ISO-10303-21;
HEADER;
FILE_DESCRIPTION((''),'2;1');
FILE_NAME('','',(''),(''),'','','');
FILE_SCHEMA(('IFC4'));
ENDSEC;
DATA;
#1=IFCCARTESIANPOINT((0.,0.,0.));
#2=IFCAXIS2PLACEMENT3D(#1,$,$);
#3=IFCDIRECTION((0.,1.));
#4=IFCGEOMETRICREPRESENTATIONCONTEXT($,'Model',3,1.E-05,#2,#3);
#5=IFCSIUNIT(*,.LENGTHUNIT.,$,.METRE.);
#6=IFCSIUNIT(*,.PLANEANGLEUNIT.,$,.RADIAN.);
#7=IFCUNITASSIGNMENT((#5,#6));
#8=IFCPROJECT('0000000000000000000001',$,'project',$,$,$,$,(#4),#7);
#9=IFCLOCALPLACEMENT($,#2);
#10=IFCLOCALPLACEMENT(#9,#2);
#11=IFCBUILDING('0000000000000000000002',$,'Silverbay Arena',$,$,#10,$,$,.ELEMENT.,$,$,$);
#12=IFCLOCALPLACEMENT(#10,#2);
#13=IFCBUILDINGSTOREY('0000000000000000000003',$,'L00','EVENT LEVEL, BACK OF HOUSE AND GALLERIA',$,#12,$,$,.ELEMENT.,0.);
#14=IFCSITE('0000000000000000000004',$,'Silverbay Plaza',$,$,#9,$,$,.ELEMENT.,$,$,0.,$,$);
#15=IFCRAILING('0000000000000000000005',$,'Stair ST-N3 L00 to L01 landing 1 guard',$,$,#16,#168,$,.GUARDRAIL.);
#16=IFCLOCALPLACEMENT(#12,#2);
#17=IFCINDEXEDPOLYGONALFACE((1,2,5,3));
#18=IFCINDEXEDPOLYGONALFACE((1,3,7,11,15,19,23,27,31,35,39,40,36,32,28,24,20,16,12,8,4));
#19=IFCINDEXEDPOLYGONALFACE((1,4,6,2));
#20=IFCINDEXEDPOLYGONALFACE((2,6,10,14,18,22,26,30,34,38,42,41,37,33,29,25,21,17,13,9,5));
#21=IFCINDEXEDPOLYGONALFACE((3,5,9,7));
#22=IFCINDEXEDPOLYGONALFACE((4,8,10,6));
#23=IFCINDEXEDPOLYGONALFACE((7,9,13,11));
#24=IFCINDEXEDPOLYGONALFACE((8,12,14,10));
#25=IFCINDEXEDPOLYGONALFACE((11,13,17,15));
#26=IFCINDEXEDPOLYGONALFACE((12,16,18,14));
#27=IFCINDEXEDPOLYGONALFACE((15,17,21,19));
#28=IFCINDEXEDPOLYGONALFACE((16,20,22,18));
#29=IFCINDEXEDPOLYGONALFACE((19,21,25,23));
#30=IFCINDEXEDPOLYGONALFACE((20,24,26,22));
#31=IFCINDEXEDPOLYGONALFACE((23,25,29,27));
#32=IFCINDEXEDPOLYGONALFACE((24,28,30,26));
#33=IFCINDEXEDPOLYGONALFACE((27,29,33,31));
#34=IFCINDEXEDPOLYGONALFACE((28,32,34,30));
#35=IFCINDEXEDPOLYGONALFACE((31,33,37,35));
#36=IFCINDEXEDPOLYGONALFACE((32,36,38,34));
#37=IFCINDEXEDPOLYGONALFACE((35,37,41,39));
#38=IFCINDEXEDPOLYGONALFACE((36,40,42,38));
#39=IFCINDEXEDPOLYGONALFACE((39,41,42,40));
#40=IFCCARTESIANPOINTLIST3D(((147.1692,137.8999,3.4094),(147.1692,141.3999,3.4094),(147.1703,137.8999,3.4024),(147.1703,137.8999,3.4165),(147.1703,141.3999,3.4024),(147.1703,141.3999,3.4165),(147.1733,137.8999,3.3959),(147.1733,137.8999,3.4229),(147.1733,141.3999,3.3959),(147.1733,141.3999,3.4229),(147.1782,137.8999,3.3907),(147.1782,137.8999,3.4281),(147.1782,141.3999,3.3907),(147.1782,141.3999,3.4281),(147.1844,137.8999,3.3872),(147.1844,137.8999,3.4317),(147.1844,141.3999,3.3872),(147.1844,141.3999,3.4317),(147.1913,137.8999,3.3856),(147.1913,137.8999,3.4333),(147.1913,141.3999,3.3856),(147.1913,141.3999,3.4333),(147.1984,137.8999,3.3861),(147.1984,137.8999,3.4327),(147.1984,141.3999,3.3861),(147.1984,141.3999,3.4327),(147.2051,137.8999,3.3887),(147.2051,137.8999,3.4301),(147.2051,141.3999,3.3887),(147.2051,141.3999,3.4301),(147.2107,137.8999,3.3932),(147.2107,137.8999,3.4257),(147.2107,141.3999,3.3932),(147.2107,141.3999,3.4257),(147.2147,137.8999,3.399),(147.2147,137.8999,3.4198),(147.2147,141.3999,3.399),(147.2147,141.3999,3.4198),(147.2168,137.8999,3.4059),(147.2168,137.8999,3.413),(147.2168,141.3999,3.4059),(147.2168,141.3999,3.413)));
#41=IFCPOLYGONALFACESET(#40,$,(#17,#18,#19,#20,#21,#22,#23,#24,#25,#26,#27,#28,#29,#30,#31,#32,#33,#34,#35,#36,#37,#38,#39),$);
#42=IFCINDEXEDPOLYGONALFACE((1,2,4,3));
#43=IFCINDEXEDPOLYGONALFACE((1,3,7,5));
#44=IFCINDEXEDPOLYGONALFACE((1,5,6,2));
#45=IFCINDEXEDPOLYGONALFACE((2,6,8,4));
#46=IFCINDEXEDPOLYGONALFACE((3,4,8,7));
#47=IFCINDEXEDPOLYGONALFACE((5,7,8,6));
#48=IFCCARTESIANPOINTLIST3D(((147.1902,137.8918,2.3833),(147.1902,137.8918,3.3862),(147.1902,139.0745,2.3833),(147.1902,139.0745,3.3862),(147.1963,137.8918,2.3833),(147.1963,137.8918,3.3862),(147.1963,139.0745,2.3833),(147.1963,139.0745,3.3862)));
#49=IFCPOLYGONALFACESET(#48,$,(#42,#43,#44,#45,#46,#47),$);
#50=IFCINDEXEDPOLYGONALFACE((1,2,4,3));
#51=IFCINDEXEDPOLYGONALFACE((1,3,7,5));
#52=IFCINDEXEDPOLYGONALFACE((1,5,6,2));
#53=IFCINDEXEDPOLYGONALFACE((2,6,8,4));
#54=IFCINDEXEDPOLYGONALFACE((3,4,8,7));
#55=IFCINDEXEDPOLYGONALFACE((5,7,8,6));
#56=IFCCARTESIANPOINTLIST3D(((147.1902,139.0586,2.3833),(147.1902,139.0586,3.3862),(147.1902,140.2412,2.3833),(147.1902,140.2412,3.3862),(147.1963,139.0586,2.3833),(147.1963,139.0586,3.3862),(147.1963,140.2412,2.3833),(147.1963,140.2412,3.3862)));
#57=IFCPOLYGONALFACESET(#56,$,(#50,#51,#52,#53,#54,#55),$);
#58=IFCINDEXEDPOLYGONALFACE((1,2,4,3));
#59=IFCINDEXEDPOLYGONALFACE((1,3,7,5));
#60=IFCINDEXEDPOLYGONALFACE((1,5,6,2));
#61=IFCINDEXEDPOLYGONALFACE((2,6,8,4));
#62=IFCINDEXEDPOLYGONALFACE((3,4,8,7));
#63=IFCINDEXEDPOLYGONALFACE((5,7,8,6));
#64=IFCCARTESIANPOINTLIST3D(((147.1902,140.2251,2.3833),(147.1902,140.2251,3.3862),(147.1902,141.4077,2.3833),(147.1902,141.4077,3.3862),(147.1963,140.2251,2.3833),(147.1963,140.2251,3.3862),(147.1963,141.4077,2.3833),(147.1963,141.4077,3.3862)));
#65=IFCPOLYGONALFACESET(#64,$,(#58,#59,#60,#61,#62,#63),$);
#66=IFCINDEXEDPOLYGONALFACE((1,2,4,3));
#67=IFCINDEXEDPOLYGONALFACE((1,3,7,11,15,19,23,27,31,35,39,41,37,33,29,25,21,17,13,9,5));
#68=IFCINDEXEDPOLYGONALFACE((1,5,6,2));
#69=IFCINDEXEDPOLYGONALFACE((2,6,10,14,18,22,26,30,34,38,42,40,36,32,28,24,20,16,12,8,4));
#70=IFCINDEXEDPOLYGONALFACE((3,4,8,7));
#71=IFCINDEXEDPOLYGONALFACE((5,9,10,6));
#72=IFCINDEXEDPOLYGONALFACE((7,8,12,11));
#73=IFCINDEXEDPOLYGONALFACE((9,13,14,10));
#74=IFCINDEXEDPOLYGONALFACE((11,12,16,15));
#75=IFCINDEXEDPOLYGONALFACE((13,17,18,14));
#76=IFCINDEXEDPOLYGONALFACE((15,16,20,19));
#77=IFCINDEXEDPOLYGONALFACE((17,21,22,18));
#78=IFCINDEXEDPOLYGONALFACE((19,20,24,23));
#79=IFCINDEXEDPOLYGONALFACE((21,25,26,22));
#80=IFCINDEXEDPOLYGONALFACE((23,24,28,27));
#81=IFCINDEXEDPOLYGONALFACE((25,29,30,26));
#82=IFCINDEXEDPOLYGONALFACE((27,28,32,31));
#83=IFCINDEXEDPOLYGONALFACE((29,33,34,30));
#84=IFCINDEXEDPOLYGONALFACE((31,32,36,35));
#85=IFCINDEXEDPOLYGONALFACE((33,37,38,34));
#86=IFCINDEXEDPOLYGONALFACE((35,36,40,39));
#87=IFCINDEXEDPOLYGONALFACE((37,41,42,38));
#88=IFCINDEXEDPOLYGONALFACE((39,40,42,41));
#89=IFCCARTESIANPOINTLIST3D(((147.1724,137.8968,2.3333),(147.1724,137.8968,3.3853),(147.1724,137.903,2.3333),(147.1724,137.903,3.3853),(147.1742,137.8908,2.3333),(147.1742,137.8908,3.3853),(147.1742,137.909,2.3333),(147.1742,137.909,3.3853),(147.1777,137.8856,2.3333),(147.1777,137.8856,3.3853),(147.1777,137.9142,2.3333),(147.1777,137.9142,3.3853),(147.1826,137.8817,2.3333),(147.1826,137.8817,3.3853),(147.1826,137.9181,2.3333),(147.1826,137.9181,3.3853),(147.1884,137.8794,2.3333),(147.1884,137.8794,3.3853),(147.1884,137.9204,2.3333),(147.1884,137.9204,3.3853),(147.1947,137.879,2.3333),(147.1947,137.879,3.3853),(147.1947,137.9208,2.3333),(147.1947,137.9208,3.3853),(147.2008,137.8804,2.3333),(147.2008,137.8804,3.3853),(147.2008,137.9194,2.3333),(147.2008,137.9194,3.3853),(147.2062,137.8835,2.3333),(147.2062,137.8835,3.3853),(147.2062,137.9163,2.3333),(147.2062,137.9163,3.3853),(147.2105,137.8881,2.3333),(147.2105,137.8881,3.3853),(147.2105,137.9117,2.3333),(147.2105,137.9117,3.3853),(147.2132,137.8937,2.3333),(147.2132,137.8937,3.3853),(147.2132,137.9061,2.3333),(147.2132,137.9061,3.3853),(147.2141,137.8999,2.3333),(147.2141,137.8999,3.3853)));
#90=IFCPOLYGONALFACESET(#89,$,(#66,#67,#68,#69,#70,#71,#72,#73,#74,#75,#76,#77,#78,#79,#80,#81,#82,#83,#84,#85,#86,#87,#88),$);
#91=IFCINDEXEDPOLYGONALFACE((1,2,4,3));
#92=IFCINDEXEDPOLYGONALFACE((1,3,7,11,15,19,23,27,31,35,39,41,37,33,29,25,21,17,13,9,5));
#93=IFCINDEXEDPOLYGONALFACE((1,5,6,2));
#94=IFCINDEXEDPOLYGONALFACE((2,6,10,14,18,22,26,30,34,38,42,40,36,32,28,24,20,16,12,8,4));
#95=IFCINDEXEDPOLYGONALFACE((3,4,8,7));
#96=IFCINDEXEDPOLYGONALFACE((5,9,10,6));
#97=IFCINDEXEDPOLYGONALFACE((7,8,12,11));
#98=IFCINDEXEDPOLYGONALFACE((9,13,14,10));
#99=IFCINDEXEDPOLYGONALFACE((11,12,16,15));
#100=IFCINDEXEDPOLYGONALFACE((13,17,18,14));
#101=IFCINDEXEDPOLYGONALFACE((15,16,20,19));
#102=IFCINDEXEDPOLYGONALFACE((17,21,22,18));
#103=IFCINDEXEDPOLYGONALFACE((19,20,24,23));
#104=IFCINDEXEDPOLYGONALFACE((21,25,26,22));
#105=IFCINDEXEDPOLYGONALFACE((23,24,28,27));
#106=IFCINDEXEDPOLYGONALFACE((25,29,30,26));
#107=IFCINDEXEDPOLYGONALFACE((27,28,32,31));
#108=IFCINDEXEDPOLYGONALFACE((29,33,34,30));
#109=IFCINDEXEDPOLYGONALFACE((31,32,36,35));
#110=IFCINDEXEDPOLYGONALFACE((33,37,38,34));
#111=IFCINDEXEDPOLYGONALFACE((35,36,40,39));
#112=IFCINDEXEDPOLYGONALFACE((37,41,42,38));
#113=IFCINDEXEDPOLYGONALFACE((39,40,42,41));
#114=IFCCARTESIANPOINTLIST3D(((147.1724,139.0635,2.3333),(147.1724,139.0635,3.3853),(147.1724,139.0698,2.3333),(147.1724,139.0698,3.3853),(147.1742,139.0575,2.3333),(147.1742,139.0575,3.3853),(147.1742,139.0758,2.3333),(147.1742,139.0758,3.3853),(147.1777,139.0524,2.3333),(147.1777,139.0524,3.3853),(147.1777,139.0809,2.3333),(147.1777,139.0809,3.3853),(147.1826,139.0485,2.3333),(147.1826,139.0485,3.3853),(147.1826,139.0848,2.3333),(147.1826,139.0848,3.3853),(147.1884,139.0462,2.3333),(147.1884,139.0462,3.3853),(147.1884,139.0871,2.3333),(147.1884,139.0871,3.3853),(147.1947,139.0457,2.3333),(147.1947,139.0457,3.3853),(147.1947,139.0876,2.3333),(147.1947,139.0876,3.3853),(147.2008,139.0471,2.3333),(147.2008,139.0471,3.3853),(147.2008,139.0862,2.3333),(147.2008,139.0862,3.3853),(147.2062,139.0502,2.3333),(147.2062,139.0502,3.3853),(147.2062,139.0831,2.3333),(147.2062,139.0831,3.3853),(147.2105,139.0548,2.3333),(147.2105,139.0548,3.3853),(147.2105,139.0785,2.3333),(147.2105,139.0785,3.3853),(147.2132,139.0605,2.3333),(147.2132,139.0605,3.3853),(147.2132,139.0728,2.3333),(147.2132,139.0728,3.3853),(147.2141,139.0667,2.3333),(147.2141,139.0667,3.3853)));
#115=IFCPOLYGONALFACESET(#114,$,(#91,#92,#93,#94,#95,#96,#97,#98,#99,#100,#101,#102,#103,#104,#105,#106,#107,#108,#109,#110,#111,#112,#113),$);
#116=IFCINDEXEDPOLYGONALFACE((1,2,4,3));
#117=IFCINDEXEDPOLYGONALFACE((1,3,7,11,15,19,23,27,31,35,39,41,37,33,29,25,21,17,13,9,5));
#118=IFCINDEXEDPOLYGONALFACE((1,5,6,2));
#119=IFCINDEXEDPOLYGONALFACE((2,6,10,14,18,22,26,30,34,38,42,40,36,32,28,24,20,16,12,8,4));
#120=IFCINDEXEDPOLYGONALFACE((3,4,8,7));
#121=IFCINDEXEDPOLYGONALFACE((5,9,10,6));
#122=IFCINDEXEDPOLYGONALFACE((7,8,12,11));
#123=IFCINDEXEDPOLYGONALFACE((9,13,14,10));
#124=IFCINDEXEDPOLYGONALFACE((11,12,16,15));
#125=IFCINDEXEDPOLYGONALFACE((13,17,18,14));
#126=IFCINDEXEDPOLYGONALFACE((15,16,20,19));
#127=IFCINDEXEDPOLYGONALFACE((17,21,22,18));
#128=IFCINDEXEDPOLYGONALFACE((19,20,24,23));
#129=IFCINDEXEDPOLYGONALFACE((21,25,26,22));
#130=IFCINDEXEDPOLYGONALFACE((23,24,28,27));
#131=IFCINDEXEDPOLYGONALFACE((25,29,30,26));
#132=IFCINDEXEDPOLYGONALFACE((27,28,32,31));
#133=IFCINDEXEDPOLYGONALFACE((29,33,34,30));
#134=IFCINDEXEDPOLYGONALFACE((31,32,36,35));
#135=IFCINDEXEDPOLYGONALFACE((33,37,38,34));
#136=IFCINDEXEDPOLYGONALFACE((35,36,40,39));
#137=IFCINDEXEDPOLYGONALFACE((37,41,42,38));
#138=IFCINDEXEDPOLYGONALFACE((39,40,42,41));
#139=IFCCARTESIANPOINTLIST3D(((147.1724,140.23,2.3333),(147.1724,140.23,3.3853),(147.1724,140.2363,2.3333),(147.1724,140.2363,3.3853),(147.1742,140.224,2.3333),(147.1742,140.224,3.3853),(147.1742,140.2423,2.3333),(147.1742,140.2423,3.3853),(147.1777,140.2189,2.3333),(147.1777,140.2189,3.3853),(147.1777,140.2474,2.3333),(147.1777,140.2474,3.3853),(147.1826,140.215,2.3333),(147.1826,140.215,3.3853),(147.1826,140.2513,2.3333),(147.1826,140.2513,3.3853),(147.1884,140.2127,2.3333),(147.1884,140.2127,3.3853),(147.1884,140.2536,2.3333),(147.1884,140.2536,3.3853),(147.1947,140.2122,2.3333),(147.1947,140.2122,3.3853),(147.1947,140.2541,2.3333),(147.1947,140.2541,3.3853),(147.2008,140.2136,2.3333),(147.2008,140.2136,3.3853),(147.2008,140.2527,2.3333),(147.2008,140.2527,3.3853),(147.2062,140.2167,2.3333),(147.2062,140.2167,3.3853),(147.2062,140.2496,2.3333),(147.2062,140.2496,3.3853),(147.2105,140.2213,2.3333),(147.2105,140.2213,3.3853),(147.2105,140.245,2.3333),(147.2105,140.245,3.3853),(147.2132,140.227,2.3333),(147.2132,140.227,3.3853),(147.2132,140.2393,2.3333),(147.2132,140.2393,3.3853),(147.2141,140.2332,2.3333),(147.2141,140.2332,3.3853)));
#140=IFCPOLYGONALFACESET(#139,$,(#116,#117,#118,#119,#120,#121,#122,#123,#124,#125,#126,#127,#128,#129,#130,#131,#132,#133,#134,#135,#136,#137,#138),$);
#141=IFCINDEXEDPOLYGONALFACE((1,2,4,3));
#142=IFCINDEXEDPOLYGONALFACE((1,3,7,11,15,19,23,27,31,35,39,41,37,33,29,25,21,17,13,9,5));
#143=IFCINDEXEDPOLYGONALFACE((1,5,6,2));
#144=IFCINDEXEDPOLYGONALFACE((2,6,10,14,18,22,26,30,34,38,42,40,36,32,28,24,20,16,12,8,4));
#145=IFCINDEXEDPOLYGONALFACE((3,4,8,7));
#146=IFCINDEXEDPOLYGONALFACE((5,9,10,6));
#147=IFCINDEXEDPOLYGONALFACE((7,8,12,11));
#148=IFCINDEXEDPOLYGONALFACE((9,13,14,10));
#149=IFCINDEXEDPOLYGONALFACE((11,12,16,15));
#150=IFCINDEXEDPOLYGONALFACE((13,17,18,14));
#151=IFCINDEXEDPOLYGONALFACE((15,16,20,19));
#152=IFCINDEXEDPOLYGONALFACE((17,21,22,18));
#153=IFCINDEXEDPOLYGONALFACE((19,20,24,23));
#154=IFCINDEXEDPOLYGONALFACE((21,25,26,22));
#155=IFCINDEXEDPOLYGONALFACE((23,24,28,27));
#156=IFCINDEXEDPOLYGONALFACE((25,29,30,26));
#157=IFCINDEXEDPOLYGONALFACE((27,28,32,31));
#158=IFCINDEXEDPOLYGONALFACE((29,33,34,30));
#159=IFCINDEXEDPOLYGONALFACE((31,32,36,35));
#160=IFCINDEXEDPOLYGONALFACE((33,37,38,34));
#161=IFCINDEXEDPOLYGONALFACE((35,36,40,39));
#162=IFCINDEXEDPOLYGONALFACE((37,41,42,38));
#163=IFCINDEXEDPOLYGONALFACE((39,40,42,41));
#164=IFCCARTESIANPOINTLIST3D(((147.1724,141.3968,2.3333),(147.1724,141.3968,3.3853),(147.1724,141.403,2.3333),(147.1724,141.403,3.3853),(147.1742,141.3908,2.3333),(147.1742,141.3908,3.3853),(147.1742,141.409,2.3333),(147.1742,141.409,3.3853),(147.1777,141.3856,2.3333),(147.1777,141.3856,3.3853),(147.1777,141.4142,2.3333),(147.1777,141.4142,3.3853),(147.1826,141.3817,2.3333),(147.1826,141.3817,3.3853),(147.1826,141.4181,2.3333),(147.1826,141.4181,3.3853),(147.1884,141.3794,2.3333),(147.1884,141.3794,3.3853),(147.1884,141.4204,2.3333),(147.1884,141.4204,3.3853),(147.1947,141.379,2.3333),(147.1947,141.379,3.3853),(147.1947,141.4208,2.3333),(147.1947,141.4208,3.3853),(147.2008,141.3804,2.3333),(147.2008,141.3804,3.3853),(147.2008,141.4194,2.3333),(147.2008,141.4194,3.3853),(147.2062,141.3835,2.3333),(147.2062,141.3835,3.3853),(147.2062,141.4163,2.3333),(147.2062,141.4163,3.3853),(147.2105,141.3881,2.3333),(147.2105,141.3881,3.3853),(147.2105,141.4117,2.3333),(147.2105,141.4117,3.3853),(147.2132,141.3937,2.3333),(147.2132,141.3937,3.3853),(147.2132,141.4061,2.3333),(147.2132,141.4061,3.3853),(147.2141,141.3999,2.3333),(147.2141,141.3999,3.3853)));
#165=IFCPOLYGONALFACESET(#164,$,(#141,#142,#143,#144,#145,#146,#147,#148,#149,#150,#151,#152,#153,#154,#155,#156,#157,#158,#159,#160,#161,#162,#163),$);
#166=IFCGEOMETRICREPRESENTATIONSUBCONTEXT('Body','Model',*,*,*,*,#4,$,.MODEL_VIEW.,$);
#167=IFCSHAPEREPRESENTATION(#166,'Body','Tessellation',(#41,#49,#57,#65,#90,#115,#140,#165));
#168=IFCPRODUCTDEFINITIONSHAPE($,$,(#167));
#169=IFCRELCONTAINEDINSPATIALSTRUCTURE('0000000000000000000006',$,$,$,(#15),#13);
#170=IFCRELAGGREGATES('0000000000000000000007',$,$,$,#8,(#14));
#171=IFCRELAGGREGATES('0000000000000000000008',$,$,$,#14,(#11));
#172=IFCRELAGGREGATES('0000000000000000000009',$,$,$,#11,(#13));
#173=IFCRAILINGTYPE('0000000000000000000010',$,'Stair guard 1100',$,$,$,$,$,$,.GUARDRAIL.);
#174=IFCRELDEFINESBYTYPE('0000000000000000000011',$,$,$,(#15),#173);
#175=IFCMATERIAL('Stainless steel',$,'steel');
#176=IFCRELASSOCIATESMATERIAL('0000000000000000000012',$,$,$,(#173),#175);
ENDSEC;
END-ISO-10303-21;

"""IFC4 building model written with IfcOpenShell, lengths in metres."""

from ifc_helpers import new_model, si_unit, direction, frame, origin, origin_2d, place, context, subcontext, project, spatial, polyline, circle, outline, extrude, material, type_object, element, save


model = new_model("IFC4")

# Units and contexts
model_context = context("Model", 3, precision=1e-05, world=origin(), true_north=direction((0.0, 1.0)))
body_context = subcontext(model_context, "Body", "Model", "MODEL_VIEW")
ifc_project = project(units=[si_unit("LENGTHUNIT", "METRE"), si_unit("PLANEANGLEUNIT", "RADIAN")], contexts=[model_context])

# Site, building, storey
site_placement = place(None, origin())
site = spatial("IfcSite", under=ifc_project, at=site_placement, Name="Silverbay Plaza", CompositionType="ELEMENT", RefElevation=0.0)
building_placement = place(site_placement, origin())
building = spatial("IfcBuilding", under=site, at=building_placement, Name="Silverbay Arena", CompositionType="ELEMENT")
storey_placement = place(building_placement, origin())
storey = spatial("IfcBuildingStorey", under=building, at=storey_placement, Name="L00", Description="EVENT LEVEL, BACK OF HOUSE AND GALLERIA", CompositionType="ELEMENT", Elevation=0.0)

# Railing
ifc_material_1 = material(Name="Stainless steel", Category="steel")
railing_type_1 = type_object("IfcRailingType", Name="Stair guard 1100", PredefinedType="GUARDRAIL", material=ifc_material_1)
for number, where, name in (
    (1, (147.1931, 137.8999, 2.3333), "Stair ST-N3 L00 to L01 landing 1 guard"),
):
    element("IfcRailing", number, at=place(storey_placement, frame(where)), inside=storey, type_object=railing_type_1, Name=name, PredefinedType="GUARDRAIL", context=body_context, shape_type="SweptSolid", body=[
        extrude(circle(Radius=0.0239, at=origin_2d()), frame((0.0, 0.0, 1.0762), z_axis=(0.0, 1.0, 0.0), x_axis=(-1.0, 0.0, 0.0)), (0.0, 0.0, 1.0), 3.5),
        extrude(outline(polyline([(-0.0081, 0.05), (1.1746, 0.05), (1.1746, 1.053), (-0.0081, 1.053), (-0.0081, 0.05)])), frame((-0.0029, 0.0, 0.0), z_axis=(1.0, 0.0, 0.0), x_axis=(0.0, 1.0, 0.0)), (0.0, 0.0, 1.0), 0.0061),
        extrude(outline(polyline([(-0.0081, 0.05), (1.1746, 0.05), (1.1746, 1.053), (-0.0081, 1.053), (-0.0081, 0.05)])), frame((-0.0029, 1.1667, 0.0), z_axis=(1.0, 0.0, 0.0), x_axis=(0.0, 1.0, 0.0)), (0.0, 0.0, 1.0), 0.0061),
        extrude(outline(polyline([(-0.0081, 0.05), (1.1746, 0.05), (1.1746, 1.053), (-0.0081, 1.053), (-0.0081, 0.05)])), frame((-0.0029, 2.3333, 0.0), z_axis=(1.0, 0.0, 0.0), x_axis=(0.0, 1.0, 0.0)), (0.0, 0.0, 1.0), 0.0061),
        extrude(circle(Radius=0.021, at=origin_2d()), origin(), (0.0, 0.0, 1.0), 1.052),
        extrude(circle(Radius=0.021, at=origin_2d()), frame((0.0, 1.1667, 0.0)), (0.0, 0.0, 1.0), 1.052),
        extrude(circle(Radius=0.021, at=origin_2d()), frame((0.0, 2.3333, 0.0)), (0.0, 0.0, 1.0), 1.052),
        extrude(circle(Radius=0.021, at=origin_2d()), frame((0.0, 3.5, 0.0)), (0.0, 0.0, 1.0), 1.052),
    ])

save(model, "model.ifc")
